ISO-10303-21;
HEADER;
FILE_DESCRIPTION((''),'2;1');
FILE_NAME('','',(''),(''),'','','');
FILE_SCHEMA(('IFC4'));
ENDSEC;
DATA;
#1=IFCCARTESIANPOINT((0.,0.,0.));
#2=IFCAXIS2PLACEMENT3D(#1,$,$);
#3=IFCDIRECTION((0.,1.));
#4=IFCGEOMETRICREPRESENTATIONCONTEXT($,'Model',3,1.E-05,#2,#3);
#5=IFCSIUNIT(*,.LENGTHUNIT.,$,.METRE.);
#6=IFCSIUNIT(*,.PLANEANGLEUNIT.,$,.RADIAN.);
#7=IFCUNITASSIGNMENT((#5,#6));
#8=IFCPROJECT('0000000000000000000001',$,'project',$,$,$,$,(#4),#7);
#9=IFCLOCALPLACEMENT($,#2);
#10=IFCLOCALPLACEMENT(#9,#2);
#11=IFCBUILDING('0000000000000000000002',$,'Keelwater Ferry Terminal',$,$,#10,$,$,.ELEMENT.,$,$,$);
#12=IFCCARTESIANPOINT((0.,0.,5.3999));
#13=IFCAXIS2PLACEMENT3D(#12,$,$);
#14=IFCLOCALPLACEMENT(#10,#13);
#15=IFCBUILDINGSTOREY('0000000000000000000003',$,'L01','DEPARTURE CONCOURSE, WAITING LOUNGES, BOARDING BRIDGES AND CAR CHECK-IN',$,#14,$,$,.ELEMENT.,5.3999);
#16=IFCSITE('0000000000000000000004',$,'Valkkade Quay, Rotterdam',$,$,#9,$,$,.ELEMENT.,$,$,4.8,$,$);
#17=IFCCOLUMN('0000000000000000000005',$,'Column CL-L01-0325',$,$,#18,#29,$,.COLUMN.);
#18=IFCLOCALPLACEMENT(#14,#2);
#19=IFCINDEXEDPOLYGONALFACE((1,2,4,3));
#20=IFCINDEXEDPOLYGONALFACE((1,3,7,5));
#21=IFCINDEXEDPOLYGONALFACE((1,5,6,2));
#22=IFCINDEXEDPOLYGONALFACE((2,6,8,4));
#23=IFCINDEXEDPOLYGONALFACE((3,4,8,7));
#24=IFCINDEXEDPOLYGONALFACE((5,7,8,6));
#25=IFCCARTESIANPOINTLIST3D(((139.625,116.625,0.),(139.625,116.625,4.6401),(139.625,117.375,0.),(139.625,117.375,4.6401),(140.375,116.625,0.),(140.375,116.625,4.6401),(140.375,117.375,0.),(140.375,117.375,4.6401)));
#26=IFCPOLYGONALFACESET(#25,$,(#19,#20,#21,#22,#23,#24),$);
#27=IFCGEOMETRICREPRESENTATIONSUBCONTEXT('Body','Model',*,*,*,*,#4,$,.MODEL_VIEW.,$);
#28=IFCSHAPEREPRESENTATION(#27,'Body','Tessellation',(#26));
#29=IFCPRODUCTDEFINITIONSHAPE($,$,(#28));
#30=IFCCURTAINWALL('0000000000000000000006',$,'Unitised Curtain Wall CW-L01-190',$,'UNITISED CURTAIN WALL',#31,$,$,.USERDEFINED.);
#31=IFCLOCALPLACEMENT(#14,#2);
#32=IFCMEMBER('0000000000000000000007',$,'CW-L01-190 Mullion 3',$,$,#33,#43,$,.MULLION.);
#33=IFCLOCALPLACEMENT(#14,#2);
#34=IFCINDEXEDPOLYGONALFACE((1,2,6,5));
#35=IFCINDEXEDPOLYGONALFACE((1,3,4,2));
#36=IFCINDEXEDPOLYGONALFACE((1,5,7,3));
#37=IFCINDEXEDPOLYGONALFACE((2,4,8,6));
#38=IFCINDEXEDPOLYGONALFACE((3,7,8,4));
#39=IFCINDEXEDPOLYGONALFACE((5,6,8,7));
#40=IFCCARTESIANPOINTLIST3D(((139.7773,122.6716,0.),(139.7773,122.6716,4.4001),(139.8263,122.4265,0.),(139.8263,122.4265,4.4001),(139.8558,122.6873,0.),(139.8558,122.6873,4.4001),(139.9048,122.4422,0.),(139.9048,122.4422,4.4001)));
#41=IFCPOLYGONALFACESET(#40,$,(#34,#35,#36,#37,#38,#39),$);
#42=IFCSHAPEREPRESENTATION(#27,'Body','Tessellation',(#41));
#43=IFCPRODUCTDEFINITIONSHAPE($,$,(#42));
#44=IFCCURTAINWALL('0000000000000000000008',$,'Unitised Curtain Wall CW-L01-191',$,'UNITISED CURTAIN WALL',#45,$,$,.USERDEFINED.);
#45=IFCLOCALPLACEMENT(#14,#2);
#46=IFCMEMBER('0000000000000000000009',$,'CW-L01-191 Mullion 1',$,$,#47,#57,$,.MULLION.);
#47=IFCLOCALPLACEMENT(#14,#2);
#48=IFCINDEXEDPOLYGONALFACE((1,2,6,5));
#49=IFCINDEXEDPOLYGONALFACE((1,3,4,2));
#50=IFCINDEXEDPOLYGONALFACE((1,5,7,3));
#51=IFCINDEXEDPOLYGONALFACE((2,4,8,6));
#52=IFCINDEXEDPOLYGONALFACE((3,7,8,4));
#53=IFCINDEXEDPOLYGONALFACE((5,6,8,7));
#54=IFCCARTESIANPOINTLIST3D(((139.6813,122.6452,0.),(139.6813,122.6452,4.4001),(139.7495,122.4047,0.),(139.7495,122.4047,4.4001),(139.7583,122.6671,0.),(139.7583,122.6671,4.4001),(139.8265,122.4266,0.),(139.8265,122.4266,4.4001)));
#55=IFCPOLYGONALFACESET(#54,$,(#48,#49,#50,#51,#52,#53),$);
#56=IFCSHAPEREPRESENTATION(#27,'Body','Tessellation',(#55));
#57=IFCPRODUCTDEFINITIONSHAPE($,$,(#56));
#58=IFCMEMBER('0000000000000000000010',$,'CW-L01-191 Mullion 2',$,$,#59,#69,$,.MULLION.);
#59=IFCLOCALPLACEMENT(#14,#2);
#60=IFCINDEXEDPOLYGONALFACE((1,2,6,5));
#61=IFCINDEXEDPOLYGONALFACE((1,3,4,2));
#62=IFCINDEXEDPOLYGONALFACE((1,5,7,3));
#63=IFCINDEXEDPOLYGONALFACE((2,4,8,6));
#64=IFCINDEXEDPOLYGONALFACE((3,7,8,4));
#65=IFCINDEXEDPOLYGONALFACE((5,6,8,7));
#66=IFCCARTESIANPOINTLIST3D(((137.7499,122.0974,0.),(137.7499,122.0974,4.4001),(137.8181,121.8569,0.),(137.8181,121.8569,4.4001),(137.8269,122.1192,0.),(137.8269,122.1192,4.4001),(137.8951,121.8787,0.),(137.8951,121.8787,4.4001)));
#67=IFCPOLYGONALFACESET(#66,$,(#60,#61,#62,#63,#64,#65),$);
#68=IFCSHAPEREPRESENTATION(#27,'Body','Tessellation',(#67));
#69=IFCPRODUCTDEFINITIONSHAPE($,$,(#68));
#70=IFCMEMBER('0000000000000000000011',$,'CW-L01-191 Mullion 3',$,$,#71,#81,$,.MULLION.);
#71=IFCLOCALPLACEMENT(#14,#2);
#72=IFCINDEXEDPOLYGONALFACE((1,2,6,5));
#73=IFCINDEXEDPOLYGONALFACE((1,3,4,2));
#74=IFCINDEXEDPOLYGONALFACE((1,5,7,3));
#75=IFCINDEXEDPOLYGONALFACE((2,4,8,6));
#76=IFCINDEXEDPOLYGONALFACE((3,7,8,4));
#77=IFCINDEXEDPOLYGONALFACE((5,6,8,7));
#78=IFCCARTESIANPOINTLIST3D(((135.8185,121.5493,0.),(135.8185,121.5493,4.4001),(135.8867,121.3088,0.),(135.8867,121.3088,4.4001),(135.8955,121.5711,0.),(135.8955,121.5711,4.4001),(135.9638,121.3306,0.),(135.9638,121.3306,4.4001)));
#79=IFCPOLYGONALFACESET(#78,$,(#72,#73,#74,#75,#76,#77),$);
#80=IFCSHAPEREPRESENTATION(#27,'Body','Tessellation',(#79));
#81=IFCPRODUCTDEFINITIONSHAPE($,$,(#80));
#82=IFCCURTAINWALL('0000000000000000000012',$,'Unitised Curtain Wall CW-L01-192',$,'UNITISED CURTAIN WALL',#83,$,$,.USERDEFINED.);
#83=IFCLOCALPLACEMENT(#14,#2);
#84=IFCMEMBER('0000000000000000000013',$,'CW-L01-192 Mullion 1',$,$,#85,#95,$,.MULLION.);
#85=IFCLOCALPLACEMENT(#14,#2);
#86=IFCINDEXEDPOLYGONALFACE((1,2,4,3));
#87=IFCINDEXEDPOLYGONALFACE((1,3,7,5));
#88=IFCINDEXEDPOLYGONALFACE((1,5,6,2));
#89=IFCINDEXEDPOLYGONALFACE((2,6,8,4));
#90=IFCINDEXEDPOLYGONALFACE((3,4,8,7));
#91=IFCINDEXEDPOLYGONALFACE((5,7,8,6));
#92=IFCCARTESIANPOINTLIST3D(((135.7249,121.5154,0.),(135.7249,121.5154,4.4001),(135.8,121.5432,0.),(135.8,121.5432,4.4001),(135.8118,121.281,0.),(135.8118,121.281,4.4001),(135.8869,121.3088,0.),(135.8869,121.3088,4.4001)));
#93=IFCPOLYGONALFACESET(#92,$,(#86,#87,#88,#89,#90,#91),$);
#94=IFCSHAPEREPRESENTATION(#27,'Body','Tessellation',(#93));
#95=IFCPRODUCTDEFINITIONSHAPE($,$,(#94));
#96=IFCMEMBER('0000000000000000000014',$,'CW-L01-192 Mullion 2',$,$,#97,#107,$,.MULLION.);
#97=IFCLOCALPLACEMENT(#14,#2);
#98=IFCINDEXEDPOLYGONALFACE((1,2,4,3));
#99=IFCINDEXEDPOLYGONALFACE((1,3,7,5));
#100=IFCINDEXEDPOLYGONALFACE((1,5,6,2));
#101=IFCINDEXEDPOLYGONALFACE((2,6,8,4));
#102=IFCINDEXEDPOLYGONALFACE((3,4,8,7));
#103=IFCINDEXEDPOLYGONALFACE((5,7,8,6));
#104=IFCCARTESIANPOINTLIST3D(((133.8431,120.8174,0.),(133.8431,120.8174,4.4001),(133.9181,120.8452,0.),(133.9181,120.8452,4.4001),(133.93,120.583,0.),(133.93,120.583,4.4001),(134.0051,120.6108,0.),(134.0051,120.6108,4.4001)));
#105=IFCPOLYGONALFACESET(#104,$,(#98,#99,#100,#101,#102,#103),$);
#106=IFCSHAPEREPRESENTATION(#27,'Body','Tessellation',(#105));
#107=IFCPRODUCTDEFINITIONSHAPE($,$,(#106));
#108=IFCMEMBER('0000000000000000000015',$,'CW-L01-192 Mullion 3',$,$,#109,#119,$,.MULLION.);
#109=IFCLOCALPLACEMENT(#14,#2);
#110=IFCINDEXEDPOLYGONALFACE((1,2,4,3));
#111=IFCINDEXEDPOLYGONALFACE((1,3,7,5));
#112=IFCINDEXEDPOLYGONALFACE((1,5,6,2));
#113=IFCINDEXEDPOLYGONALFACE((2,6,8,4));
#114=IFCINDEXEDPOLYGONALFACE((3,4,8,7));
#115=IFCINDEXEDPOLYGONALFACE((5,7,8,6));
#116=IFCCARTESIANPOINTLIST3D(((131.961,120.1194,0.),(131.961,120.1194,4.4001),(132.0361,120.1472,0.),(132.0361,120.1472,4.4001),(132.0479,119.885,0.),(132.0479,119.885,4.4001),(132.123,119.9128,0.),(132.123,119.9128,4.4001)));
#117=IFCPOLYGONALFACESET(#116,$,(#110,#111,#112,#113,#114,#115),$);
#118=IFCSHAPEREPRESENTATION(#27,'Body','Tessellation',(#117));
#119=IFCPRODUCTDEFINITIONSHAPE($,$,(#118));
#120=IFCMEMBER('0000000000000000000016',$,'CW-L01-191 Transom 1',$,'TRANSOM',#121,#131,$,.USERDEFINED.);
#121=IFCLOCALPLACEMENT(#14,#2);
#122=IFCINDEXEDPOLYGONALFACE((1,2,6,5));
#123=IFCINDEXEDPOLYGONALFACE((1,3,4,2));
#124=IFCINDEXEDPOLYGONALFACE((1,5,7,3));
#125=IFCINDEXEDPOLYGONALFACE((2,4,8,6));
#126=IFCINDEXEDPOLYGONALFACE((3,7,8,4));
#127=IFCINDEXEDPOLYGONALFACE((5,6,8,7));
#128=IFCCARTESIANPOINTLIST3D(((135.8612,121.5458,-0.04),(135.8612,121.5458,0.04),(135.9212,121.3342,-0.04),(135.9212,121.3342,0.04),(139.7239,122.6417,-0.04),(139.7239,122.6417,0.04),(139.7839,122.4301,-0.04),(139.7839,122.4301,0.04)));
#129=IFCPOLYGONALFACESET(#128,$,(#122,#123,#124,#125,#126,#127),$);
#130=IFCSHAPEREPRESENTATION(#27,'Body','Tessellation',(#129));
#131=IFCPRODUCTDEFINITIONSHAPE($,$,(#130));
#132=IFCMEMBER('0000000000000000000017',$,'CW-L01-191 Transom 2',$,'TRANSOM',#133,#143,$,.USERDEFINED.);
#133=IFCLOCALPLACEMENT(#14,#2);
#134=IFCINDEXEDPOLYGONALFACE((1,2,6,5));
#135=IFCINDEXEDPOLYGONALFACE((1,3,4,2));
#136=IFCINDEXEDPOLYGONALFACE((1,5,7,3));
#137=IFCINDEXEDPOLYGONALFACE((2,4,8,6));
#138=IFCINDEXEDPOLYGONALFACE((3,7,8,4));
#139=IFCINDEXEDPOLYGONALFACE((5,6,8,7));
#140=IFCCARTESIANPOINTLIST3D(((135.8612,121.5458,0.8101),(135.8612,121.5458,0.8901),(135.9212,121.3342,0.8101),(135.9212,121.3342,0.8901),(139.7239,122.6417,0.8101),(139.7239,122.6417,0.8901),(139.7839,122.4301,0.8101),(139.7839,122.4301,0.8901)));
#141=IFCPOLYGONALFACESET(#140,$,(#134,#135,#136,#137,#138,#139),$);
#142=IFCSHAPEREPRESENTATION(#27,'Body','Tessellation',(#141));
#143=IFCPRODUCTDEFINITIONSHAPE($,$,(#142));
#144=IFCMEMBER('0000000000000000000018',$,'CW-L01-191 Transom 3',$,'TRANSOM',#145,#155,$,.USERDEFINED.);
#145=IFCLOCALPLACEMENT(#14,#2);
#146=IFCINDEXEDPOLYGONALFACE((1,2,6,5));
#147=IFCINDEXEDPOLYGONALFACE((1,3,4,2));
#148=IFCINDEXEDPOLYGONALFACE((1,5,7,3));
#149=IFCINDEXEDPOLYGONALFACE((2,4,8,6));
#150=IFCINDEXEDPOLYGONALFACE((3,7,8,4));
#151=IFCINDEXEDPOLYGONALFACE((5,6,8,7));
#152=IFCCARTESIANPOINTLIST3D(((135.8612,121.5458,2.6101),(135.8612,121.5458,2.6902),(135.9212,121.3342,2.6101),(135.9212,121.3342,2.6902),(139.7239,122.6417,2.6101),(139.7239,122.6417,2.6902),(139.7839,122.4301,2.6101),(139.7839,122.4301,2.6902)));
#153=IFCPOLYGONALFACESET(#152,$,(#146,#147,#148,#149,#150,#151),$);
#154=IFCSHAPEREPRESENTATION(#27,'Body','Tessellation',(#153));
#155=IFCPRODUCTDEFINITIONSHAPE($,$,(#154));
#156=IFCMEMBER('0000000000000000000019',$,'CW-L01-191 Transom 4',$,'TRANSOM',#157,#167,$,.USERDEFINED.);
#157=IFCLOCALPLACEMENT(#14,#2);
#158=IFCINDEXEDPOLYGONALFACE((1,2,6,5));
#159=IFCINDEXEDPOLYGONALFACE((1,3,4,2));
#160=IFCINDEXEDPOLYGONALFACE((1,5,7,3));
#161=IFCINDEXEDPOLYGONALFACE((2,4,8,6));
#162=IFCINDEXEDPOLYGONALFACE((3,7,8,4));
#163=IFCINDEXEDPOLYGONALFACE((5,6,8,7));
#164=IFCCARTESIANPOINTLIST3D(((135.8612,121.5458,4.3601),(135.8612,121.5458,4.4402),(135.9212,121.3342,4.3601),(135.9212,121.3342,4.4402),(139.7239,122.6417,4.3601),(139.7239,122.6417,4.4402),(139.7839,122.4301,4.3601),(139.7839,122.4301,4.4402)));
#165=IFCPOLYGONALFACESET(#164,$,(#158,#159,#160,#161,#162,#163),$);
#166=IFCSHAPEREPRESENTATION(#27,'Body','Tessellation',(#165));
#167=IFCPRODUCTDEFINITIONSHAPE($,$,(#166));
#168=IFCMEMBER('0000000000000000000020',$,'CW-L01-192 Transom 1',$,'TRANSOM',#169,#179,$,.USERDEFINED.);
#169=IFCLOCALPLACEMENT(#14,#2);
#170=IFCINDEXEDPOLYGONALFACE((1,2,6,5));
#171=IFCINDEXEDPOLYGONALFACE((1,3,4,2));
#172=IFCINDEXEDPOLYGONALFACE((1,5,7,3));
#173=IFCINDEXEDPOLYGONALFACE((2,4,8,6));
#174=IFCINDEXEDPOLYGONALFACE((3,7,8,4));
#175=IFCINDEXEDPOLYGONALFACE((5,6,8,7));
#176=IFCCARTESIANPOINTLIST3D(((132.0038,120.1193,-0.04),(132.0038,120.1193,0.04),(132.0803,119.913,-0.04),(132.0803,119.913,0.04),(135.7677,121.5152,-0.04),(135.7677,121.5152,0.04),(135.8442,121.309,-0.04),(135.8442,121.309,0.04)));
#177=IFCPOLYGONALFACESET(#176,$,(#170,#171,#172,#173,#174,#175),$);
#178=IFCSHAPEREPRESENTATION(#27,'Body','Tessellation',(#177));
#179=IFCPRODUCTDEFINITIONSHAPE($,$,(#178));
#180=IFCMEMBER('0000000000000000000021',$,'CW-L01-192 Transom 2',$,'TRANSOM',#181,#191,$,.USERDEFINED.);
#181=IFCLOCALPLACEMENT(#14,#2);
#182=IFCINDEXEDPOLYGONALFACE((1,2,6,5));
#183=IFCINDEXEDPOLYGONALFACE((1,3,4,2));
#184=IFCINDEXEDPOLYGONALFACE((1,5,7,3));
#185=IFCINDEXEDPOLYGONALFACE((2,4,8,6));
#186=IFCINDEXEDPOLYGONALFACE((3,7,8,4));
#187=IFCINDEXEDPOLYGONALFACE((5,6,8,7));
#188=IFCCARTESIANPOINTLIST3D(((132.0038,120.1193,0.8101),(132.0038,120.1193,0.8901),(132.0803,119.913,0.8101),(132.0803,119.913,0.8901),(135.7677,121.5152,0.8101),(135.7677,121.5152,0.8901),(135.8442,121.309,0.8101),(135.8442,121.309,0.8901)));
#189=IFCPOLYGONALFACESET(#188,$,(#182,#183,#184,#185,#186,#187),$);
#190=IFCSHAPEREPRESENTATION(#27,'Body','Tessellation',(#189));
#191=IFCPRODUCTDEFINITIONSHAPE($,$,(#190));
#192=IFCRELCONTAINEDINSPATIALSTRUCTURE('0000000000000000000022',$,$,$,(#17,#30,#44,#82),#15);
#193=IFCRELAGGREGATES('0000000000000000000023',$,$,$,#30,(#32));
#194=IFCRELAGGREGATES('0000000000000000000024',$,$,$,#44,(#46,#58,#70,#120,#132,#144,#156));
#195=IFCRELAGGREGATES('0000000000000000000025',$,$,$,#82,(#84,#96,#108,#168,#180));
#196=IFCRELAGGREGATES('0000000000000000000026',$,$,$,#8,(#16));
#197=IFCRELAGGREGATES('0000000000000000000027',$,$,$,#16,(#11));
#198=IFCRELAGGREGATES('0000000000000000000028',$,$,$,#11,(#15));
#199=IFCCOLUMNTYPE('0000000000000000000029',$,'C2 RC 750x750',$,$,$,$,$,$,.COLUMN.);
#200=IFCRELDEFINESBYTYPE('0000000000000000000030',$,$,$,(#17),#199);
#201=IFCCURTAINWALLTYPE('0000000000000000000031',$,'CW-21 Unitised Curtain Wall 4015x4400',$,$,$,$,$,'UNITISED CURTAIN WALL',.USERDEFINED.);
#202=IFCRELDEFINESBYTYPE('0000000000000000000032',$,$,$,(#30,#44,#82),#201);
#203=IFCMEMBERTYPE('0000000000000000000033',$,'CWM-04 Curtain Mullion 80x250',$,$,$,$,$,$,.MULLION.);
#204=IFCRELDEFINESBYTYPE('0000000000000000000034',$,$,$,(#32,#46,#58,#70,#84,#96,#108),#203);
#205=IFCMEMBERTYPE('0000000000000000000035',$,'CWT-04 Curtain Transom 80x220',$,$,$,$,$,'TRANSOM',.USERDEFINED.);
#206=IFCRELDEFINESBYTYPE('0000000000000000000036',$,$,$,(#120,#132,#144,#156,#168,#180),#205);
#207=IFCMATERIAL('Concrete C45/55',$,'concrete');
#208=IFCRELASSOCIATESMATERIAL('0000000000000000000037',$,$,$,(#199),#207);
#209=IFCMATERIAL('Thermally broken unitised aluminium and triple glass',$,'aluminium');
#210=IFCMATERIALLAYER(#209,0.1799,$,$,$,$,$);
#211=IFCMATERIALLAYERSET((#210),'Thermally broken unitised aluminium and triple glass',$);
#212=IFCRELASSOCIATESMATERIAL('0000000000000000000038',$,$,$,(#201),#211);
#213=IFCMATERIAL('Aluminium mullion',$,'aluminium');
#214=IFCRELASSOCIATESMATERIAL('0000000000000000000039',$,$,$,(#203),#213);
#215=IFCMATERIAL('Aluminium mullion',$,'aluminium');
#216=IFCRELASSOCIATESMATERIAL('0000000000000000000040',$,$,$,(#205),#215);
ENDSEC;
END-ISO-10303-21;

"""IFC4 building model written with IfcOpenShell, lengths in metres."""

from ifc_helpers import new_model, si_unit, direction, frame, origin, origin_2d, place, context, subcontext, project, spatial, rectangle, extrude, material, layer, layer_set, material_profile, profile_set, type_object, element, aggregate, save


model = new_model("IFC4")

# Units and contexts
model_context = context("Model", 3, precision=1e-05, world=origin(), true_north=direction((0.0, 1.0)))
body_context = subcontext(model_context, "Body", "Model", "MODEL_VIEW")
ifc_project = project(units=[si_unit("LENGTHUNIT", "METRE"), si_unit("PLANEANGLEUNIT", "RADIAN")], contexts=[model_context])

# Site, building, storey
site_placement = place(None, origin())
site = spatial("IfcSite", under=ifc_project, at=site_placement, Name="Valkkade Quay, Rotterdam", CompositionType="ELEMENT", RefElevation=4.8)
building_placement = place(site_placement, origin())
building = spatial("IfcBuilding", under=site, at=building_placement, Name="Keelwater Ferry Terminal", CompositionType="ELEMENT")
storey_placement = place(building_placement, frame((0.0, 0.0, 5.3999)))
storey = spatial("IfcBuildingStorey", under=building, at=storey_placement, Name="L01", Description="DEPARTURE CONCOURSE, WAITING LOUNGES, BOARDING BRIDGES AND CAR CHECK-IN", CompositionType="ELEMENT", Elevation=5.3999)

# Column
ifc_material_1 = material(Name="Concrete C45/55", Category="concrete")
ifc_material_profile_1 = material_profile(ifc_material_1, rectangle(XDim=0.75, YDim=0.75, at=origin_2d()), Name="RC 750x750")
ifc_profile_set_1 = profile_set([ifc_material_profile_1], Name="Concrete C45/55")
column_type = type_object("IfcColumnType", Name="C2 RC 750x750", PredefinedType="COLUMN", material=ifc_profile_set_1)
column_placement = place(storey_placement, frame((140.0, 117.0, 0.0), z_axis=(0.0, 0.0, 1.0), x_axis=(1.0, 0.0, 0.0)))
element("IfcColumn", 1, at=column_placement, inside=storey, type_object=column_type, Name="Column CL-L01-0325", PredefinedType="COLUMN", context=body_context, shape_type="SweptSolid", body=[
    extrude(rectangle(XDim=0.75, YDim=0.75, at=origin_2d()), origin(), (0.0, 0.0, 1.0), 4.6401),
])

# Curtain wall, member
ifc_material_2 = material(Name="Thermally broken unitised aluminium and triple glass", Category="aluminium")
ifc_layer_1 = layer(ifc_material_2, 0.1799)
ifc_layer_set_1 = layer_set([ifc_layer_1], Name="Thermally broken unitised aluminium and triple glass")
curtain_wall_type = type_object("IfcCurtainWallType", Name="CW-21 Unitised Curtain Wall 4015x4400", ElementType="UNITISED CURTAIN WALL", PredefinedType="USERDEFINED", material=ifc_layer_set_1)
curtain_wall_1_placement = place(storey_placement, origin())
curtain_wall_1 = element("IfcCurtainWall", 2, at=curtain_wall_1_placement, inside=storey, type_object=curtain_wall_type, Name="Unitised Curtain Wall CW-L01-190", ObjectType="UNITISED CURTAIN WALL", PredefinedType="USERDEFINED")
ifc_material_3 = material(Name="Aluminium mullion", Category="aluminium")
ifc_material_profile_2 = material_profile(ifc_material_3, rectangle(XDim=0.0801, YDim=0.25, at=origin_2d()), Name="CWM-04")
ifc_profile_set_2 = profile_set([ifc_material_profile_2], Name="Aluminium mullion")
member_type_1 = type_object("IfcMemberType", Name="CWM-04 Curtain Mullion 80x250", PredefinedType="MULLION", material=ifc_profile_set_2)
member_1_placement = place(storey_placement, frame((139.8411, 122.5569, 0.0), z_axis=(0.0, 0.0, 1.0), x_axis=(-0.9806, -0.19602, 0.0)))
member_1 = element("IfcMember", 3, at=member_1_placement, type_object=member_type_1, Name="CW-L01-190 Mullion 3", PredefinedType="MULLION", context=body_context, shape_type="SweptSolid", body=[
    extrude(rectangle(XDim=0.0801, YDim=0.25, at=origin_2d()), origin(), (0.0, 0.0, 1.0), 4.4001),
])
aggregate(curtain_wall_1, [member_1])

# Curtain walls, members
curtain_wall_2_placement = place(storey_placement, origin())
curtain_wall_2 = element("IfcCurtainWall", 4, at=curtain_wall_2_placement, inside=storey, type_object=curtain_wall_type, Name="Unitised Curtain Wall CW-L01-191", ObjectType="UNITISED CURTAIN WALL", PredefinedType="USERDEFINED")
member_2_placement = place(storey_placement, frame((139.7539, 122.5359, 0.0), z_axis=(0.0, 0.0, 1.0), x_axis=(-0.96203, -0.272945, 0.0)))
member_2 = element("IfcMember", 5, at=member_2_placement, type_object=member_type_1, Name="CW-L01-191 Mullion 1", PredefinedType="MULLION", context=body_context, shape_type="SweptSolid", body=[
    extrude(rectangle(XDim=0.0801, YDim=0.25, at=origin_2d()), origin(), (0.0, 0.0, 1.0), 4.4001),
])
member_3_placement = place(storey_placement, frame((137.8225, 121.988, 0.0), z_axis=(0.0, 0.0, 1.0), x_axis=(-0.96203, -0.272945, 0.0)))
member_3 = element("IfcMember", 6, at=member_3_placement, type_object=member_type_1, Name="CW-L01-191 Mullion 2", PredefinedType="MULLION", context=body_context, shape_type="SweptSolid", body=[
    extrude(rectangle(XDim=0.0801, YDim=0.25, at=origin_2d()), origin(), (0.0, 0.0, 1.0), 4.4001),
])
member_4_placement = place(storey_placement, frame((135.8911, 121.4399, 0.0), z_axis=(0.0, 0.0, 1.0), x_axis=(-0.96203, -0.272945, 0.0)))
member_4 = element("IfcMember", 7, at=member_4_placement, type_object=member_type_1, Name="CW-L01-191 Mullion 3", PredefinedType="MULLION", context=body_context, shape_type="SweptSolid", body=[
    extrude(rectangle(XDim=0.0801, YDim=0.25, at=origin_2d()), origin(), (0.0, 0.0, 1.0), 4.4001),
])
curtain_wall_3_placement = place(storey_placement, origin())
curtain_wall_3 = element("IfcCurtainWall", 8, at=curtain_wall_3_placement, inside=storey, type_object=curtain_wall_type, Name="Unitised Curtain Wall CW-L01-192", ObjectType="UNITISED CURTAIN WALL", PredefinedType="USERDEFINED")
member_5_placement = place(storey_placement, frame((135.8059, 121.4121, 0.0), z_axis=(0.0, 0.0, 1.0), x_axis=(-0.937592, -0.347736, 0.0)))
member_5 = element("IfcMember", 9, at=member_5_placement, type_object=member_type_1, Name="CW-L01-192 Mullion 1", PredefinedType="MULLION", context=body_context, shape_type="SweptSolid", body=[
    extrude(rectangle(XDim=0.0801, YDim=0.25, at=origin_2d()), origin(), (0.0, 0.0, 1.0), 4.4001),
])
member_6_placement = place(storey_placement, frame((133.9241, 120.7141, 0.0), z_axis=(0.0, 0.0, 1.0), x_axis=(-0.937592, -0.347736, 0.0)))
member_6 = element("IfcMember", 10, at=member_6_placement, type_object=member_type_1, Name="CW-L01-192 Mullion 2", PredefinedType="MULLION", context=body_context, shape_type="SweptSolid", body=[
    extrude(rectangle(XDim=0.0801, YDim=0.25, at=origin_2d()), origin(), (0.0, 0.0, 1.0), 4.4001),
])
member_7_placement = place(storey_placement, frame((132.042, 120.0161, 0.0), z_axis=(0.0, 0.0, 1.0), x_axis=(-0.937592, -0.347736, 0.0)))
member_7 = element("IfcMember", 11, at=member_7_placement, type_object=member_type_1, Name="CW-L01-192 Mullion 3", PredefinedType="MULLION", context=body_context, shape_type="SweptSolid", body=[
    extrude(rectangle(XDim=0.0801, YDim=0.25, at=origin_2d()), origin(), (0.0, 0.0, 1.0), 4.4001),
])

# Members
ifc_material_4 = material(Name="Aluminium mullion", Category="aluminium")
ifc_material_profile_3 = material_profile(ifc_material_4, rectangle(XDim=0.22, YDim=0.0801, at=origin_2d()), Name="CWT-04")
ifc_profile_set_3 = profile_set([ifc_material_profile_3], Name="Aluminium mullion")
member_type_2 = type_object("IfcMemberType", Name="CWT-04 Curtain Transom 80x220", ElementType="TRANSOM", PredefinedType="USERDEFINED", material=ifc_profile_set_3)
member_8_placement = place(storey_placement, frame((139.7539, 122.5359, 0.0), z_axis=(-0.962029, -0.272946, 0.0), x_axis=(0.272946, -0.962029, 0.0)))
member_8 = element("IfcMember", 12, at=member_8_placement, type_object=member_type_2, Name="CW-L01-191 Transom 1", ObjectType="TRANSOM", PredefinedType="USERDEFINED", context=body_context, shape_type="SweptSolid", body=[
    extrude(rectangle(XDim=0.22, YDim=0.0801, at=origin_2d()), origin(), (0.0, 0.0, 1.0), 4.0151),
])
member_9_placement = place(storey_placement, frame((139.7539, 122.5359, 0.8501), z_axis=(-0.962029, -0.272946, 0.0), x_axis=(0.272946, -0.962029, 0.0)))
member_9 = element("IfcMember", 13, at=member_9_placement, type_object=member_type_2, Name="CW-L01-191 Transom 2", ObjectType="TRANSOM", PredefinedType="USERDEFINED", context=body_context, shape_type="SweptSolid", body=[
    extrude(rectangle(XDim=0.22, YDim=0.0801, at=origin_2d()), origin(), (0.0, 0.0, 1.0), 4.0151),
])
member_10_placement = place(storey_placement, frame((139.7539, 122.5359, 2.6501), z_axis=(-0.962029, -0.272946, 0.0), x_axis=(0.272946, -0.962029, 0.0)))
member_10 = element("IfcMember", 14, at=member_10_placement, type_object=member_type_2, Name="CW-L01-191 Transom 3", ObjectType="TRANSOM", PredefinedType="USERDEFINED", context=body_context, shape_type="SweptSolid", body=[
    extrude(rectangle(XDim=0.22, YDim=0.0801, at=origin_2d()), origin(), (0.0, 0.0, 1.0), 4.0151),
])
member_11_placement = place(storey_placement, frame((139.7539, 122.5359, 4.4001), z_axis=(-0.962029, -0.272946, 0.0), x_axis=(0.272946, -0.962029, 0.0)))
member_11 = element("IfcMember", 15, at=member_11_placement, type_object=member_type_2, Name="CW-L01-191 Transom 4", ObjectType="TRANSOM", PredefinedType="USERDEFINED", context=body_context, shape_type="SweptSolid", body=[
    extrude(rectangle(XDim=0.22, YDim=0.0801, at=origin_2d()), origin(), (0.0, 0.0, 1.0), 4.0151),
])
member_12_placement = place(storey_placement, frame((135.8059, 121.4121, 0.0), z_axis=(-0.93759, -0.347742, 0.0), x_axis=(0.347742, -0.93759, 0.0)))
member_12 = element("IfcMember", 16, at=member_12_placement, type_object=member_type_2, Name="CW-L01-192 Transom 1", ObjectType="TRANSOM", PredefinedType="USERDEFINED", context=body_context, shape_type="SweptSolid", body=[
    extrude(rectangle(XDim=0.22, YDim=0.0801, at=origin_2d()), origin(), (0.0, 0.0, 1.0), 4.0144),
])
member_13_placement = place(storey_placement, frame((135.8059, 121.4121, 0.8501), z_axis=(-0.93759, -0.347742, 0.0), x_axis=(0.347742, -0.93759, 0.0)))
member_13 = element("IfcMember", 17, at=member_13_placement, type_object=member_type_2, Name="CW-L01-192 Transom 2", ObjectType="TRANSOM", PredefinedType="USERDEFINED", context=body_context, shape_type="SweptSolid", body=[
    extrude(rectangle(XDim=0.22, YDim=0.0801, at=origin_2d()), origin(), (0.0, 0.0, 1.0), 4.0144),
])

aggregate(curtain_wall_2, [member_2, member_3, member_4, member_8, member_9, member_10, member_11])
aggregate(curtain_wall_3, [member_5, member_6, member_7, member_12, member_13])

save(model, "model.ifc")
